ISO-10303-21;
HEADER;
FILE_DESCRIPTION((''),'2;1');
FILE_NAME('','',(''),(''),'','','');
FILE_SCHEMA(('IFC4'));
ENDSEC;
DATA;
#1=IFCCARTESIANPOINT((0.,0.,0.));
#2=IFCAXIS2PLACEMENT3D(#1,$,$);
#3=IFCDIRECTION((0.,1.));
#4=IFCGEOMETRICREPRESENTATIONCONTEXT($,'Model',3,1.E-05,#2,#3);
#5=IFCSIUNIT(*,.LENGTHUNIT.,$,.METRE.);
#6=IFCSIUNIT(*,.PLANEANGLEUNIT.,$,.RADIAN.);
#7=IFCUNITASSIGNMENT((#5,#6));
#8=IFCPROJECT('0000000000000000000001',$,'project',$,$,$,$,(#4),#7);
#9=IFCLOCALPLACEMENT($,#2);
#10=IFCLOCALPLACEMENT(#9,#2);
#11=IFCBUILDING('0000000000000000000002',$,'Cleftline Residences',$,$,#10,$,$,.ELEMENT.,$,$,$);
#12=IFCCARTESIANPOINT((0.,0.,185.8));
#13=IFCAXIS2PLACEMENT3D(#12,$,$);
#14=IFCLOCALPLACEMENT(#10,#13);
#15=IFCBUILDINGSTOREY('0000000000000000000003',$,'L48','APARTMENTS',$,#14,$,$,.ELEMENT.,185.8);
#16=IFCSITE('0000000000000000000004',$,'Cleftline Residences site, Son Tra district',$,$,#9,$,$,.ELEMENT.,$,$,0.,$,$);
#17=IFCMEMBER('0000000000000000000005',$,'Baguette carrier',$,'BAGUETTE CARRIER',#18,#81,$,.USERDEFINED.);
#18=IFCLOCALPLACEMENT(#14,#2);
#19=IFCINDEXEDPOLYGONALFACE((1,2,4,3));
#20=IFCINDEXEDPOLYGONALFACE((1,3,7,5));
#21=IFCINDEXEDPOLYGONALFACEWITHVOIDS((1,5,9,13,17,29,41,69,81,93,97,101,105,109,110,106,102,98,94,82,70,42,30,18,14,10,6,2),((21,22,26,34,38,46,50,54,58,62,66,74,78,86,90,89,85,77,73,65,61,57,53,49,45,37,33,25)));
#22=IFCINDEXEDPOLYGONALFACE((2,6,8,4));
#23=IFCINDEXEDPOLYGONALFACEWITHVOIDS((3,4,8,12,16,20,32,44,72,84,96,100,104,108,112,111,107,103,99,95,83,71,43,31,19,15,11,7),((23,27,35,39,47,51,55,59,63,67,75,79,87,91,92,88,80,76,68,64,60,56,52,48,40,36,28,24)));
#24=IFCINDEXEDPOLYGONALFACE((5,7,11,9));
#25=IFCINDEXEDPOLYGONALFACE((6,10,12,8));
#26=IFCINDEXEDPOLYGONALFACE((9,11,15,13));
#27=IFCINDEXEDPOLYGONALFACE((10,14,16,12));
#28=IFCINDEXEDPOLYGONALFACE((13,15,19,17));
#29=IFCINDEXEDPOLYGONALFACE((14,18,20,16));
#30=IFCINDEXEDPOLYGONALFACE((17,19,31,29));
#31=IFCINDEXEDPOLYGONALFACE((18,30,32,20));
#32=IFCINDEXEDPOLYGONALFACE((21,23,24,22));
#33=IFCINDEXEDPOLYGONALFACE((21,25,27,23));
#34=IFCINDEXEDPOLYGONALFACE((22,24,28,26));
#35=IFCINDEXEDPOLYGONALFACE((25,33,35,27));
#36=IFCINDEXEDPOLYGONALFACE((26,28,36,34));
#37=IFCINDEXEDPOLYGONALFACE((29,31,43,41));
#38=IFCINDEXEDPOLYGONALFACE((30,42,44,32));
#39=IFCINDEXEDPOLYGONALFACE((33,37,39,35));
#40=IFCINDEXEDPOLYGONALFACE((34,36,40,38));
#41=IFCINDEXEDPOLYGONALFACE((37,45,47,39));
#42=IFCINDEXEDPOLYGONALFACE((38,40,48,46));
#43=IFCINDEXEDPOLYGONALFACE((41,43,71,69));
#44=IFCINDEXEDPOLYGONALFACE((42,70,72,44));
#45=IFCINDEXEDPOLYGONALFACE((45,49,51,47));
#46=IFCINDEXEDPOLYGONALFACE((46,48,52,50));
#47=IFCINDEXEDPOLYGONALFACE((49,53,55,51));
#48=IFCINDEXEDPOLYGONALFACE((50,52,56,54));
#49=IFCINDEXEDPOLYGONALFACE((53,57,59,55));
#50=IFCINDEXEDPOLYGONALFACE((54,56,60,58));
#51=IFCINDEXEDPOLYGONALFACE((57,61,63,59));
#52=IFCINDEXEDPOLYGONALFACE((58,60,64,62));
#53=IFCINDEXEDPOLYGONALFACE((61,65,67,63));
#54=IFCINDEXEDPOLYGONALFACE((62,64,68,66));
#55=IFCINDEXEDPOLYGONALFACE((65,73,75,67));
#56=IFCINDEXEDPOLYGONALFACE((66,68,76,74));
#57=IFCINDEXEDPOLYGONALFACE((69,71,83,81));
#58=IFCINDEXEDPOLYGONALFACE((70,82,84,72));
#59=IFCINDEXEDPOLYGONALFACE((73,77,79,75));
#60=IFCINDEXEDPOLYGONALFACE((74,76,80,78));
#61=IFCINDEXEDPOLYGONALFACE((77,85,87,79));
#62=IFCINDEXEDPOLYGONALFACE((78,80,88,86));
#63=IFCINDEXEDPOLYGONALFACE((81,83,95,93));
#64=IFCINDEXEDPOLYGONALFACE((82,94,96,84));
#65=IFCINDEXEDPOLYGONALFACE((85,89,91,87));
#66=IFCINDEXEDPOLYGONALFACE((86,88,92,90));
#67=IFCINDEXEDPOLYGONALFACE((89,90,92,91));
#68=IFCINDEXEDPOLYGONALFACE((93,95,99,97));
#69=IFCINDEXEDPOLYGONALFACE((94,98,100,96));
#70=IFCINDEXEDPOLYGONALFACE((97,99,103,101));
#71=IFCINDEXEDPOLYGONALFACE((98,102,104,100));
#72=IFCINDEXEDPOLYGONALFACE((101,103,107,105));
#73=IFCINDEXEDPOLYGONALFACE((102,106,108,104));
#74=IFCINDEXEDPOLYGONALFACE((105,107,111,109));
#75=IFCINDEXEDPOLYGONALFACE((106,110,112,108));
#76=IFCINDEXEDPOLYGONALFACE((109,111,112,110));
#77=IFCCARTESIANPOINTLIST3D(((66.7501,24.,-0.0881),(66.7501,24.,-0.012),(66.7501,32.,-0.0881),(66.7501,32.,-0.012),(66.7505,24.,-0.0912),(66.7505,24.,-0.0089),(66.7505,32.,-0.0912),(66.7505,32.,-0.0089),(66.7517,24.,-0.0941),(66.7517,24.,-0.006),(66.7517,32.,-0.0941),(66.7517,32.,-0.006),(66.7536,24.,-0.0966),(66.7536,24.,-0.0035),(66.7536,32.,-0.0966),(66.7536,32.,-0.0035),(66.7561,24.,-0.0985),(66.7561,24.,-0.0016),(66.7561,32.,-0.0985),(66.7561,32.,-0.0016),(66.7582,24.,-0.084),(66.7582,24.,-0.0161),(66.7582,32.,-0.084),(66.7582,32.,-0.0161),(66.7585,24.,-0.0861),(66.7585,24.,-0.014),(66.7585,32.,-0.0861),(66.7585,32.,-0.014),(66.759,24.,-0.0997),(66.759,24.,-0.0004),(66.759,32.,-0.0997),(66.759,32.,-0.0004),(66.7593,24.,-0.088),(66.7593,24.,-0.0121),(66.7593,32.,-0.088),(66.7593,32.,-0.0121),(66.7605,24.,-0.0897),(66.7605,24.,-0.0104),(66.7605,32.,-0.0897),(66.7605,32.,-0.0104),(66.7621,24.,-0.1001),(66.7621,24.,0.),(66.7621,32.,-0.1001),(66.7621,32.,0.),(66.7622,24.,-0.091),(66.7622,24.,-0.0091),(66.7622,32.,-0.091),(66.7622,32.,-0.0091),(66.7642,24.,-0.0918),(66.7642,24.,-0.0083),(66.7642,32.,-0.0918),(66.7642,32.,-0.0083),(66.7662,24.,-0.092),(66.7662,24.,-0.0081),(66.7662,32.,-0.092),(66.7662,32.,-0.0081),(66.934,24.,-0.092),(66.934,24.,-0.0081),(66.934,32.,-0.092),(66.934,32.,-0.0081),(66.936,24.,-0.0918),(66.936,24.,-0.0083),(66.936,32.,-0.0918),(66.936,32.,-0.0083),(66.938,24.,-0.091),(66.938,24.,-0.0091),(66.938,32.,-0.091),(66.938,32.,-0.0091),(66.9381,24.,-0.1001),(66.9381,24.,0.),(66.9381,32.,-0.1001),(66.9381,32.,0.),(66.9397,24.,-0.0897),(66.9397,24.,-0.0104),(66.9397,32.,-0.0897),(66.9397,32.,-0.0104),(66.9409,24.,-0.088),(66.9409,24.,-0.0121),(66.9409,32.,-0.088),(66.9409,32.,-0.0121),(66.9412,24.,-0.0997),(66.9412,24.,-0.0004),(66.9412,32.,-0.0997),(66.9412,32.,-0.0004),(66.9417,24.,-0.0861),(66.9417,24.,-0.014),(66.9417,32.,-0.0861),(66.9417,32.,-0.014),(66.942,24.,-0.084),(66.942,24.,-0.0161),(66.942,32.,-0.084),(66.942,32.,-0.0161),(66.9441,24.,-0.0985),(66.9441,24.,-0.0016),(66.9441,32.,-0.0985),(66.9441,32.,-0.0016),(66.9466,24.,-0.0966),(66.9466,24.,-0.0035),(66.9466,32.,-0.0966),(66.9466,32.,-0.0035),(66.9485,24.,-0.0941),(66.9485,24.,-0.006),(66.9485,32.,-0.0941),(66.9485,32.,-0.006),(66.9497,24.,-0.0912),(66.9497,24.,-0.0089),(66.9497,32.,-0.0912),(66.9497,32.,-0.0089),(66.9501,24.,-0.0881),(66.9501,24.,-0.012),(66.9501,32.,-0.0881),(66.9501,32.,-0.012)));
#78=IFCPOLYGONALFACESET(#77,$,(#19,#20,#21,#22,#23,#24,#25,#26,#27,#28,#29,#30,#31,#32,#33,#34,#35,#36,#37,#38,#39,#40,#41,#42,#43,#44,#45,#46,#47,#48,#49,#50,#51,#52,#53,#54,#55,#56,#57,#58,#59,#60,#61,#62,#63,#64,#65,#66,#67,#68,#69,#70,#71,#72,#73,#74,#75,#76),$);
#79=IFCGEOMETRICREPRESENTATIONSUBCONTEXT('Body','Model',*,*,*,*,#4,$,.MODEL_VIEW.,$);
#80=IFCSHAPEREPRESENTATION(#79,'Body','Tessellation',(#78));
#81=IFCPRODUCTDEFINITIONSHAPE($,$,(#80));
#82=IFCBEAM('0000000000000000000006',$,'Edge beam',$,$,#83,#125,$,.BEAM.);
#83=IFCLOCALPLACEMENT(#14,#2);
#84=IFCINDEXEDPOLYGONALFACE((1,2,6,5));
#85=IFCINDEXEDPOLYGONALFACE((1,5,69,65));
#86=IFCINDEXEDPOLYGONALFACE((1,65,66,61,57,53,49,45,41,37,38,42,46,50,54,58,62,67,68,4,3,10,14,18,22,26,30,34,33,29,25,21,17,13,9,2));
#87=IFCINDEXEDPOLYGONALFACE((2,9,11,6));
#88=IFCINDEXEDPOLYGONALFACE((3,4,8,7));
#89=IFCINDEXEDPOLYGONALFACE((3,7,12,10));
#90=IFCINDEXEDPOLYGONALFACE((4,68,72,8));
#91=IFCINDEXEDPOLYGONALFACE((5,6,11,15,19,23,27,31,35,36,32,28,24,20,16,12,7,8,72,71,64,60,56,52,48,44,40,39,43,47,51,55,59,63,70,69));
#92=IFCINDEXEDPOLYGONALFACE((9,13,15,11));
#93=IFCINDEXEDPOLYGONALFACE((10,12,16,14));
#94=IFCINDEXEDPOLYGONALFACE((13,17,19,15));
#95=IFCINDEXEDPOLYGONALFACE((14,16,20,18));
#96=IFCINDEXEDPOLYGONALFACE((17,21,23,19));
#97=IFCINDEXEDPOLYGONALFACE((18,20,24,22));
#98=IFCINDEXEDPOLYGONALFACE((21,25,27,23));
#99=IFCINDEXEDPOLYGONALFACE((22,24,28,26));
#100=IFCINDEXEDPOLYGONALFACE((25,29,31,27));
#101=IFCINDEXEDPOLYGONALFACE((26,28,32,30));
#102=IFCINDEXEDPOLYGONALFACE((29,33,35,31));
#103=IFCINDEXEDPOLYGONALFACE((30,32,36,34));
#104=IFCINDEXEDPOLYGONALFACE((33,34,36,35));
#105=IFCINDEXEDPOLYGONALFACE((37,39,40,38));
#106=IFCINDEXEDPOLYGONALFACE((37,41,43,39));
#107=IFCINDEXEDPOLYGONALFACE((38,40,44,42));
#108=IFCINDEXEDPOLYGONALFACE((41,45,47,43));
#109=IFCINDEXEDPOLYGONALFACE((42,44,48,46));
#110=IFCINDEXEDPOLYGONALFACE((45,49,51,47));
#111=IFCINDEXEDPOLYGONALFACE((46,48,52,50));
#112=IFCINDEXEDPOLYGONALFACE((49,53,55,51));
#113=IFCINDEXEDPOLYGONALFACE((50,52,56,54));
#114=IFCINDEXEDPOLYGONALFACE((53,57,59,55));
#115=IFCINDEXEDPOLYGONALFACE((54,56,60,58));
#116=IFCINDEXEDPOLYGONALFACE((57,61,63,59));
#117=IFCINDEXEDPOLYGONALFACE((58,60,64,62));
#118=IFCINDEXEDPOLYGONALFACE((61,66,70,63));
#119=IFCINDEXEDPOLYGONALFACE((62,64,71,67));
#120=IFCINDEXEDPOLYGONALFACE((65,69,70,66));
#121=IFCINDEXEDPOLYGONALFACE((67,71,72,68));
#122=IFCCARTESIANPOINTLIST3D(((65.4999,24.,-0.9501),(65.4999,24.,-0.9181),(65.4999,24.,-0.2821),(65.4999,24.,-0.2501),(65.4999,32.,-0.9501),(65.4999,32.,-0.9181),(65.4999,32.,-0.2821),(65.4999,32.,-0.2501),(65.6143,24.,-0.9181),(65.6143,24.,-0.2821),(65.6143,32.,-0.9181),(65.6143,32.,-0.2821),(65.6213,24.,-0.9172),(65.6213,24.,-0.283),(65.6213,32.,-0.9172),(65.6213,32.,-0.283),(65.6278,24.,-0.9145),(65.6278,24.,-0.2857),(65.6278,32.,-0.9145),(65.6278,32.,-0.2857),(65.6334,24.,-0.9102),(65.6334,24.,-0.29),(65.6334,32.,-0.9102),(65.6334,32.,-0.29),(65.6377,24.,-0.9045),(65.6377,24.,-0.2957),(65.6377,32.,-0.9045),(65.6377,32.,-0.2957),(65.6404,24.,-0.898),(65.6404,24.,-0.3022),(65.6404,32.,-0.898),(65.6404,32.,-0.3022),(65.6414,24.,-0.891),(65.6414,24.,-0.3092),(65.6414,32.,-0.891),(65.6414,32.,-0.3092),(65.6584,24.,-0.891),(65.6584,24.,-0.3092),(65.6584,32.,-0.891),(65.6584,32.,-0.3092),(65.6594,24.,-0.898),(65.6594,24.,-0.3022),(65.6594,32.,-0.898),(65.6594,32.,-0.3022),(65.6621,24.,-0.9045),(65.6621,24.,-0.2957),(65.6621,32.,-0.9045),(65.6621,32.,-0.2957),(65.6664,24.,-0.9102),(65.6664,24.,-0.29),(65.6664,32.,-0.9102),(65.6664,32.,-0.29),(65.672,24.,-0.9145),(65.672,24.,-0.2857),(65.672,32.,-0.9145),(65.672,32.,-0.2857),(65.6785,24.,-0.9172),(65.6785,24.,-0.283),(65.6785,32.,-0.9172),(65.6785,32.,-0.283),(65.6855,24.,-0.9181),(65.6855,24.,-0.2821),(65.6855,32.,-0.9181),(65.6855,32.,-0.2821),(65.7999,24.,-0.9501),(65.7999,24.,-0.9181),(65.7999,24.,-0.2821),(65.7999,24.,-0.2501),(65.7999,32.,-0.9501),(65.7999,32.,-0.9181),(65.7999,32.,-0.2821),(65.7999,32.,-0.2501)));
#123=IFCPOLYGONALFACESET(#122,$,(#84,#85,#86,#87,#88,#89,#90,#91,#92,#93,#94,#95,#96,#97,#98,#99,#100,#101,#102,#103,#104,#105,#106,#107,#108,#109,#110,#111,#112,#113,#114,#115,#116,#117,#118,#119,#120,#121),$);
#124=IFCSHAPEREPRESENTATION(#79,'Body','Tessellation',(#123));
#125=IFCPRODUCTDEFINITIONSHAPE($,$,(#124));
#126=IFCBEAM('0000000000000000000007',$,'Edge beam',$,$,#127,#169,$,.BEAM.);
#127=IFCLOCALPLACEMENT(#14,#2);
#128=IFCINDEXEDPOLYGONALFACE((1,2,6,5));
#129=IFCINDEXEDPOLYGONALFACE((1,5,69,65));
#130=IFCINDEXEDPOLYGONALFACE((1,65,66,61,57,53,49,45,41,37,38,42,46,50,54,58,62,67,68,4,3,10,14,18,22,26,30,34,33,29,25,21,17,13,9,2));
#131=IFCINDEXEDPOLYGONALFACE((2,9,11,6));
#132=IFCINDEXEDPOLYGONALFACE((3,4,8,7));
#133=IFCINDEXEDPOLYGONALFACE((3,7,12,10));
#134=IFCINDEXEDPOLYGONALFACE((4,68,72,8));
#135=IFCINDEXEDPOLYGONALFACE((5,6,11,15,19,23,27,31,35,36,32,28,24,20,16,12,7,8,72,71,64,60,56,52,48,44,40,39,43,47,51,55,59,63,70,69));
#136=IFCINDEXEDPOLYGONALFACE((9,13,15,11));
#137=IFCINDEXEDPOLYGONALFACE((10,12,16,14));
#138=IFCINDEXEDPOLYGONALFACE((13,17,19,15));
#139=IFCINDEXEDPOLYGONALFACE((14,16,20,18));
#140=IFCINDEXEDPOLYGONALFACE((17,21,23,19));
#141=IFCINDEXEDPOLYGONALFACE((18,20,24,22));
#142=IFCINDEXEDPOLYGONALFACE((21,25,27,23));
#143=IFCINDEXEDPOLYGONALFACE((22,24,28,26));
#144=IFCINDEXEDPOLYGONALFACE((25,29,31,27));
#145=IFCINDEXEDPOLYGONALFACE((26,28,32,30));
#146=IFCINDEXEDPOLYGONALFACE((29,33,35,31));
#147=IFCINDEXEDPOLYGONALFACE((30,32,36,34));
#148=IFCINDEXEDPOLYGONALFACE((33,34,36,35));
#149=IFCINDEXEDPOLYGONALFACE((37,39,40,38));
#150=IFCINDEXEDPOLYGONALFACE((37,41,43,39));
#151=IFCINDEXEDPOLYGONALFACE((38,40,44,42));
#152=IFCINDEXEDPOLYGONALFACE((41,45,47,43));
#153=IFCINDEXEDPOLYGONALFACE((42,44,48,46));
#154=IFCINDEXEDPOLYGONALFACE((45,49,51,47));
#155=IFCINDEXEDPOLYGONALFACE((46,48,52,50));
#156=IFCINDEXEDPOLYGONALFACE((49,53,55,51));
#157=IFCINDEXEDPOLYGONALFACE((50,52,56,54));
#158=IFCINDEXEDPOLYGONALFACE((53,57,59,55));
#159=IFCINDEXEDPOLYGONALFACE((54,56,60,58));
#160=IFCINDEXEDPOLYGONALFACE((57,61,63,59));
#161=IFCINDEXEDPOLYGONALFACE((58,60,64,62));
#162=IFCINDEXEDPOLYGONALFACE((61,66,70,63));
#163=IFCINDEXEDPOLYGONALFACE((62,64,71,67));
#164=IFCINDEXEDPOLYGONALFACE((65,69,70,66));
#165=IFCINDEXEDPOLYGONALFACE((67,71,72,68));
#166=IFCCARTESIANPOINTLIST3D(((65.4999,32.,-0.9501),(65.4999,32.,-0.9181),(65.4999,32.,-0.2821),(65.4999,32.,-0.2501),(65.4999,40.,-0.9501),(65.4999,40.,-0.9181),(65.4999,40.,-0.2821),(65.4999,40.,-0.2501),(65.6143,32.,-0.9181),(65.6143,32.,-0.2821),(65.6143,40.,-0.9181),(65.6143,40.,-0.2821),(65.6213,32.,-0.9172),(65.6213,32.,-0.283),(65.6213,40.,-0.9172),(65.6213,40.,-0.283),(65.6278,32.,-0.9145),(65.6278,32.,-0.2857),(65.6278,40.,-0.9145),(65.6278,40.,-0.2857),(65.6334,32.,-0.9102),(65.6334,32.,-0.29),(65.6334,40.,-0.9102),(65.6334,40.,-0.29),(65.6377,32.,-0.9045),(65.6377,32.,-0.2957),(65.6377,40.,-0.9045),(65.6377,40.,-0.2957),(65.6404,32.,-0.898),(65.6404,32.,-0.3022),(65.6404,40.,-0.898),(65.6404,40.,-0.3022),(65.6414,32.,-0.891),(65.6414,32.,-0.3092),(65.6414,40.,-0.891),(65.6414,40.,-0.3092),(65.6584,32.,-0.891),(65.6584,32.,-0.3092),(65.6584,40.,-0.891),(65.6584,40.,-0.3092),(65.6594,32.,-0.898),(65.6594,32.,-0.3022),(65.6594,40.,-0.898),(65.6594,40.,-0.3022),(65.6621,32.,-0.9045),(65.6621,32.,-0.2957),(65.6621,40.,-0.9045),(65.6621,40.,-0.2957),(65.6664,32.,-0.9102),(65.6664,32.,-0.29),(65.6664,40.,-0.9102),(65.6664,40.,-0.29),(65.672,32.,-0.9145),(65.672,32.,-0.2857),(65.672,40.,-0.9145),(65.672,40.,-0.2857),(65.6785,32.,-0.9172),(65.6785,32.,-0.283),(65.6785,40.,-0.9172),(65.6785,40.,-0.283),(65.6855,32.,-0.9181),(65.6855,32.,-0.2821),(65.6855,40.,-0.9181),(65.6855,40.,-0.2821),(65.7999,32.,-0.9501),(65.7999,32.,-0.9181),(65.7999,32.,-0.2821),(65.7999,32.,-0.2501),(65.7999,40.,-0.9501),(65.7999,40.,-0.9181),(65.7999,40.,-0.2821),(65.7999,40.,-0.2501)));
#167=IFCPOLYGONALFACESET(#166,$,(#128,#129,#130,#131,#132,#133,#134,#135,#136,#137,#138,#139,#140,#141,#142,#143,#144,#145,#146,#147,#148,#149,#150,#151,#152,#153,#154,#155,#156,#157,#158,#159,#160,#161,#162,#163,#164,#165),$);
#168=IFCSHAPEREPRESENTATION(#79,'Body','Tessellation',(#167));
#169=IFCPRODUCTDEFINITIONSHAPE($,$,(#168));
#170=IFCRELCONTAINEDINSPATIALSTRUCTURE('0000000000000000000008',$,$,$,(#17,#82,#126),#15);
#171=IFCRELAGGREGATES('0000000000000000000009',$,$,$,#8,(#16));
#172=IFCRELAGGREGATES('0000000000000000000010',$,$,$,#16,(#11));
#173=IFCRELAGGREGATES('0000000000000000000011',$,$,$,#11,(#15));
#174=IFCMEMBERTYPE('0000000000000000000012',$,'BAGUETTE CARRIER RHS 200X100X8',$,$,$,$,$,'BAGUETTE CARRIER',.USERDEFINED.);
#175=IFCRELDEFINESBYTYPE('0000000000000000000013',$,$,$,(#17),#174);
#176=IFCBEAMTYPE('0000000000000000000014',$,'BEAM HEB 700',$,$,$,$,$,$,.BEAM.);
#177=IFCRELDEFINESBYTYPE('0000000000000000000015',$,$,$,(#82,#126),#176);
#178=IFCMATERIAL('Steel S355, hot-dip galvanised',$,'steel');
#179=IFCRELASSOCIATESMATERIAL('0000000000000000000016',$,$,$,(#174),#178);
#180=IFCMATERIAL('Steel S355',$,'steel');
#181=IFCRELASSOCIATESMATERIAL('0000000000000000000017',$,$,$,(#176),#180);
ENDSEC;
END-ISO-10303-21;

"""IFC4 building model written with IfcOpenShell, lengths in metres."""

from ifc_helpers import new_model, si_unit, direction, frame, origin, origin_2d, place, context, subcontext, project, spatial, hollow_rectangle, i_section, extrude, material, material_profile, profile_set, type_object, element, save


model = new_model("IFC4")

# Units and contexts
model_context = context("Model", 3, precision=1e-05, world=origin(), true_north=direction((0.0, 1.0)))
body_context = subcontext(model_context, "Body", "Model", "MODEL_VIEW")
ifc_project = project(units=[si_unit("LENGTHUNIT", "METRE"), si_unit("PLANEANGLEUNIT", "RADIAN")], contexts=[model_context])

# Site, building, storey
site_placement = place(None, origin())
site = spatial("IfcSite", under=ifc_project, at=site_placement, Name="Cleftline Residences site, Son Tra district", CompositionType="ELEMENT", RefElevation=0.0)
building_placement = place(site_placement, origin())
building = spatial("IfcBuilding", under=site, at=building_placement, Name="Cleftline Residences", CompositionType="ELEMENT")
storey_placement = place(building_placement, frame((0.0, 0.0, 185.8)))
storey = spatial("IfcBuildingStorey", under=building, at=storey_placement, Name="L48", Description="APARTMENTS", CompositionType="ELEMENT", Elevation=185.8)

# Member
ifc_material_1 = material(Name="Steel S355, hot-dip galvanised", Category="steel")
ifc_material_profile_1 = material_profile(ifc_material_1, hollow_rectangle(XDim=0.1001, YDim=0.2, WallThickness=0.0081, InnerFilletRadius=0.0081, OuterFilletRadius=0.012, at=origin_2d()))
ifc_profile_set_1 = profile_set([ifc_material_profile_1], Name="Steel S355, hot-dip galvanised")
member_type_1 = type_object("IfcMemberType", Name="BAGUETTE CARRIER RHS 200X100X8", ElementType="BAGUETTE CARRIER", PredefinedType="USERDEFINED", material=ifc_profile_set_1)
member_placement = place(storey_placement, frame((66.8501, 24.0, -0.05), z_axis=(0.0, 1.0, 0.0), x_axis=(0.0, 0.0, 1.0)))
element("IfcMember", 1, at=member_placement, inside=storey, type_object=member_type_1, Name="Baguette carrier", ObjectType="BAGUETTE CARRIER", PredefinedType="USERDEFINED", context=body_context, shape_type="SweptSolid", body=[
    extrude(hollow_rectangle(XDim=0.1001, YDim=0.2, WallThickness=0.0081, InnerFilletRadius=0.0081, OuterFilletRadius=0.012, at=origin_2d()), origin(), (0.0, 0.0, 1.0), 8.0),
])

# Beams
ifc_material_2 = material(Name="Steel S355", Category="steel")
ifc_material_profile_2 = material_profile(ifc_material_2, i_section(OverallWidth=0.3, OverallDepth=0.7, WebThickness=0.0171, FlangeThickness=0.032, FilletRadius=0.0271, at=origin_2d()))
ifc_profile_set_2 = profile_set([ifc_material_profile_2], Name="Steel S355")
beam_type_1 = type_object("IfcBeamType", Name="BEAM HEB 700", PredefinedType="BEAM", material=ifc_profile_set_2)
for number, where, z_axis, x_axis, name in (
    (2, (65.6499, 24.0, -0.6001), (0.0, 1.0, 0.0), (-1.0, 0.0, 0.0), "Edge beam"),
    (3, (65.6499, 32.0, -0.6001), (0.0, 1.0, 0.0), (-1.0, 0.0, 0.0), "Edge beam"),
):
    element("IfcBeam", number, at=place(storey_placement, frame(where, z_axis=z_axis, x_axis=x_axis)), inside=storey, type_object=beam_type_1, Name=name, PredefinedType="BEAM", context=body_context, shape_type="SweptSolid", body=[
        extrude(i_section(OverallWidth=0.3, OverallDepth=0.7, WebThickness=0.0171, FlangeThickness=0.032, FilletRadius=0.0271, at=origin_2d()), origin(), (0.0, 0.0, 1.0), 8.0),
    ])

save(model, "model.ifc")
